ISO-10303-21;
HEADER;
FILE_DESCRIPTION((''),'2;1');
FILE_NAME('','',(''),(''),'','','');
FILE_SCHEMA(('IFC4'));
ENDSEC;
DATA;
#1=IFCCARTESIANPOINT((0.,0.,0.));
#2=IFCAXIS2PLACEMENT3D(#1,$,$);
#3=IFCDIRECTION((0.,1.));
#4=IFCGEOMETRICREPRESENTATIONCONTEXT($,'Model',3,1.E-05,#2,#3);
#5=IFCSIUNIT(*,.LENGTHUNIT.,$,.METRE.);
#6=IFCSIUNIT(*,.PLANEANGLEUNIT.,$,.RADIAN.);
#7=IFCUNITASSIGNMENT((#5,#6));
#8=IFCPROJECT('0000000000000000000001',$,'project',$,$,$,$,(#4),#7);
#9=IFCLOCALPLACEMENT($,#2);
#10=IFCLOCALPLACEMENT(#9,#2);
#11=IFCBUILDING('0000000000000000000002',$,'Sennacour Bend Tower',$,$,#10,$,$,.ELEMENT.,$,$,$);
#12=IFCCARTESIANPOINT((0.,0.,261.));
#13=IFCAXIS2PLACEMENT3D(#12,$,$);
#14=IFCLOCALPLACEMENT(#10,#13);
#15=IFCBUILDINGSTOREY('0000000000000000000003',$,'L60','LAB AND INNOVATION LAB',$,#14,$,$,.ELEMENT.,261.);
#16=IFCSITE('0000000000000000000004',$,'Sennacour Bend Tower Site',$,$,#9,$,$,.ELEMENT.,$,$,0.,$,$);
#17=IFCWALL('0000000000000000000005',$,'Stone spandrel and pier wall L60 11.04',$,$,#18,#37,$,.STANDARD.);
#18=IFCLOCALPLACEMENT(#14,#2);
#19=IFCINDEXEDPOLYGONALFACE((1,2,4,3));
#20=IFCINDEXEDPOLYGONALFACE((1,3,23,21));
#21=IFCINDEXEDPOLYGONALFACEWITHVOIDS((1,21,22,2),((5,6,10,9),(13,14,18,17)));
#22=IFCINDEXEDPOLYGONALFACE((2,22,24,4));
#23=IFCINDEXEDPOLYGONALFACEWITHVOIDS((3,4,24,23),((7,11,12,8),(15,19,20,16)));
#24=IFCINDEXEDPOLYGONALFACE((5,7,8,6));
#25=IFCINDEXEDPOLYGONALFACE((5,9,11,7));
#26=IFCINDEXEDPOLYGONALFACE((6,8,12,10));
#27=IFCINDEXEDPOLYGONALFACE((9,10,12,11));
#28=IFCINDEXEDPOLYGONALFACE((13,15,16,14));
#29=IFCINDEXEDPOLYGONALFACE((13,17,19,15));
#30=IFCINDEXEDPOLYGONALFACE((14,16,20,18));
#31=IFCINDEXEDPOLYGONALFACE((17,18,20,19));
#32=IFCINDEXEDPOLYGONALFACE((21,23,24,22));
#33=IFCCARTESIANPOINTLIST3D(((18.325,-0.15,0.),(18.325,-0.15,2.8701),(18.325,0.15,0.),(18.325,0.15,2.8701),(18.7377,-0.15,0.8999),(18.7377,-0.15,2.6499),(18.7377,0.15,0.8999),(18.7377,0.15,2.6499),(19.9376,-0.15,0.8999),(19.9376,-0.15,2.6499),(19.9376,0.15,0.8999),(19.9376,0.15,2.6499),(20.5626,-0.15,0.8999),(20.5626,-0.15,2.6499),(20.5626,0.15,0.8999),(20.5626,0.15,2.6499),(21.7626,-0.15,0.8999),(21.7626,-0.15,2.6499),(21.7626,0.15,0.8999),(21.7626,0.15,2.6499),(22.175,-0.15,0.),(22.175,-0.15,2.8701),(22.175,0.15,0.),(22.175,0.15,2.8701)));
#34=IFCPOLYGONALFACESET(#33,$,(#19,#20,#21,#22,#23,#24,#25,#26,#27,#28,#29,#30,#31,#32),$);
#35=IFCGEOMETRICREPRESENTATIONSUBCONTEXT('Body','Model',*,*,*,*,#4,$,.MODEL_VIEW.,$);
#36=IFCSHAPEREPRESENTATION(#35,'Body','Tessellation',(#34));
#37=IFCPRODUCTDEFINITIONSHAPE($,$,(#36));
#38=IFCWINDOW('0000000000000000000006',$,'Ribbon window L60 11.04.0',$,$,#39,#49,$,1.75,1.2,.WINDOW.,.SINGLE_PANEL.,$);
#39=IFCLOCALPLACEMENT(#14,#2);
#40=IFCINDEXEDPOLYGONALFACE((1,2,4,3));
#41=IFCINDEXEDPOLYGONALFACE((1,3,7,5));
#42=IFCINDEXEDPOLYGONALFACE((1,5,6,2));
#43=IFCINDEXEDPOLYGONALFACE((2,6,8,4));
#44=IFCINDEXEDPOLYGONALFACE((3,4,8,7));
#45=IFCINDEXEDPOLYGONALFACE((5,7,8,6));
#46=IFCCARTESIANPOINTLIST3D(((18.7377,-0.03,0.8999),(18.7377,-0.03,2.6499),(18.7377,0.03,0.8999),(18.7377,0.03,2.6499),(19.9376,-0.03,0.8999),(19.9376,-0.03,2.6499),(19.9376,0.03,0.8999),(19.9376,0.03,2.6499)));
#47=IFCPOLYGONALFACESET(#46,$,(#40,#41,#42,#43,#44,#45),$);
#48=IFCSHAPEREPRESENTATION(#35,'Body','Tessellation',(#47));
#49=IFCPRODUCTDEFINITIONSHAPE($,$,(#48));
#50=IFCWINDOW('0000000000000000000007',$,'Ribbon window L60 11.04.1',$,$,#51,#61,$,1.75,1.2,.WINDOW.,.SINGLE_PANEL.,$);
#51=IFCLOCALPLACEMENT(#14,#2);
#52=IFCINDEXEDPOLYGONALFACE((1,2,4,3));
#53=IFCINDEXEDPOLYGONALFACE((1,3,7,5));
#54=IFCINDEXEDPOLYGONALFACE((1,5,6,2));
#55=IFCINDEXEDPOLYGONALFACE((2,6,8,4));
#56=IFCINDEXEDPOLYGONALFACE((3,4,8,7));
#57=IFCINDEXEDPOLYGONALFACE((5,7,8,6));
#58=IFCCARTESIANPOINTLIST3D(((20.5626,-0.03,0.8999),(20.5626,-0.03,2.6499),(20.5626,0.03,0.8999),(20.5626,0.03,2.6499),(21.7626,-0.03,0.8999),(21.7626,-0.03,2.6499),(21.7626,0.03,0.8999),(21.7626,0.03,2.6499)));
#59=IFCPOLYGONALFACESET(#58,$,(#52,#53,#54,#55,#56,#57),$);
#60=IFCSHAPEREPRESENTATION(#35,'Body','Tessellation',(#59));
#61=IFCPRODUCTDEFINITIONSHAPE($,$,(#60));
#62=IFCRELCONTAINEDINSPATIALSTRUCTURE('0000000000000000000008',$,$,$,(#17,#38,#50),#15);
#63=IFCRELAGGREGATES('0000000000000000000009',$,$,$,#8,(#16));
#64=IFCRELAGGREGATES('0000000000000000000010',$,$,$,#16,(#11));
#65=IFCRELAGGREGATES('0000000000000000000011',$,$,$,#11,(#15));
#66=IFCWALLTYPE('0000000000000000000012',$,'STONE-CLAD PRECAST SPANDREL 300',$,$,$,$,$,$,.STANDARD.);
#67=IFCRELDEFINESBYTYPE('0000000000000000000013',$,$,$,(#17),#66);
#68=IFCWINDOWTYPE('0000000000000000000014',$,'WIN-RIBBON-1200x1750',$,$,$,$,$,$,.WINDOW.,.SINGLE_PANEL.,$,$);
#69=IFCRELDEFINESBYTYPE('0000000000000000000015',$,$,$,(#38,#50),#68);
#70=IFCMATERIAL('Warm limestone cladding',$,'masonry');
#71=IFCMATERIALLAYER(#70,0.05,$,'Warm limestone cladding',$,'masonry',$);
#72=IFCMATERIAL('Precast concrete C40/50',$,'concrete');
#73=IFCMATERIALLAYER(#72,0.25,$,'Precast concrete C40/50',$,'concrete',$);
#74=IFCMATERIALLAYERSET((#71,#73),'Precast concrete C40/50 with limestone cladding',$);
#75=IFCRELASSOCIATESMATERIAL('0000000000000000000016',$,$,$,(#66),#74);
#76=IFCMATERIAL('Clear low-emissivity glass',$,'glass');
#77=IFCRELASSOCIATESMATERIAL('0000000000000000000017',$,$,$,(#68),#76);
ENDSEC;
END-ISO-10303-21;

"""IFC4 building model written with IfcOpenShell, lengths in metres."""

from ifc_helpers import new_model, si_unit, direction, frame, frame_2d, origin, place, context, subcontext, project, spatial, rectangle, extrude, material, layer, layer_set, type_object, element, fill, save


model = new_model("IFC4")

# Units and contexts
model_context = context("Model", 3, precision=1e-05, world=origin(), true_north=direction((0.0, 1.0)))
body_context = subcontext(model_context, "Body", "Model", "MODEL_VIEW")
ifc_project = project(units=[si_unit("LENGTHUNIT", "METRE"), si_unit("PLANEANGLEUNIT", "RADIAN")], contexts=[model_context])

# Site, building, storey
site_placement = place(None, origin())
site = spatial("IfcSite", under=ifc_project, at=site_placement, Name="Sennacour Bend Tower Site", CompositionType="ELEMENT", RefElevation=0.0)
building_placement = place(site_placement, origin())
building = spatial("IfcBuilding", under=site, at=building_placement, Name="Sennacour Bend Tower", CompositionType="ELEMENT")
storey_placement = place(building_placement, frame((0.0, 0.0, 261.0)))
storey = spatial("IfcBuildingStorey", under=building, at=storey_placement, Name="L60", Description="LAB AND INNOVATION LAB", CompositionType="ELEMENT", Elevation=261.0)

# Wall, openings, windows
ifc_material_1 = material(Name="Warm limestone cladding", Category="masonry")
ifc_layer_1 = layer(ifc_material_1, 0.05, Name="Warm limestone cladding", Category="masonry")
ifc_material_2 = material(Name="Precast concrete C40/50", Category="concrete")
ifc_layer_2 = layer(ifc_material_2, 0.25, Name="Precast concrete C40/50", Category="concrete")
ifc_layer_set_1 = layer_set([ifc_layer_1, ifc_layer_2], Name="Precast concrete C40/50 with limestone cladding")
wall_type_1 = type_object("IfcWallType", Name="STONE-CLAD PRECAST SPANDREL 300", PredefinedType="STANDARD", material=ifc_layer_set_1)
ifc_material_3 = material(Name="Clear low-emissivity glass", Category="glass")
window_type = type_object("IfcWindowType", Name="WIN-RIBBON-1200x1750", PartitioningType="SINGLE_PANEL", PredefinedType="WINDOW", material=ifc_material_3)
wall_1_placement = place(storey_placement, frame((18.325, 0.0, 0.0), z_axis=(0.0, 0.0, 1.0), x_axis=(1.0, 0.0, 0.0)))
wall_1 = element("IfcWall", 1, at=wall_1_placement, inside=storey, type_object=wall_type_1, Name="Stone spandrel and pier wall L60 11.04", PredefinedType="STANDARD", context=body_context, shape_type="SweptSolid", body=[
    extrude(rectangle(XDim=3.8501, YDim=0.3, at=frame_2d((1.925, 0.0))), origin(), (0.0, 0.0, 1.0), 2.8701),
])
opening_1_placement = place(wall_1_placement, frame((0.4126, 0.0, 0.8999)))
opening_1 = element("IfcOpeningElement", 2, at=opening_1_placement, cuts=wall_1, PredefinedType="OPENING", context=body_context, shape_type="SweptSolid", body=[
    extrude(rectangle(XDim=1.2, YDim=1.75, at=frame_2d((0.6001, 0.875))), frame((0.0, 0.1602, 0.0), z_axis=(0.0, -1.0, 0.0), x_axis=(1.0, 0.0, 0.0)), (0.0, 0.0, 1.0), 0.3201),
])
opening_2_placement = place(wall_1_placement, frame((2.2375, 0.0, 0.8999)))
opening_2 = element("IfcOpeningElement", 3, at=opening_2_placement, cuts=wall_1, PredefinedType="OPENING", context=body_context, shape_type="SweptSolid", body=[
    extrude(rectangle(XDim=1.2, YDim=1.75, at=frame_2d((0.6001, 0.875))), frame((0.0, 0.1602, 0.0), z_axis=(0.0, -1.0, 0.0), x_axis=(1.0, 0.0, 0.0)), (0.0, 0.0, 1.0), 0.3201),
])
window_1_placement = place(opening_1_placement, origin())
window_1 = element("IfcWindow", 4, at=window_1_placement, inside=storey, type_object=window_type, Name="Ribbon window L60 11.04.0", OverallHeight=1.75, OverallWidth=1.2, PartitioningType="SINGLE_PANEL", PredefinedType="WINDOW", context=body_context, shape_type="SweptSolid", body=[
    extrude(rectangle(XDim=1.2, YDim=1.75, at=frame_2d((0.6001, 0.875))), frame((0.0, 0.03, 0.0), z_axis=(0.0, -1.0, 0.0), x_axis=(1.0, 0.0, 0.0)), (0.0, 0.0, 1.0), 0.0601),
])
fill(opening_1, window_1)
window_2_placement = place(opening_2_placement, origin())
window_2 = element("IfcWindow", 5, at=window_2_placement, inside=storey, type_object=window_type, Name="Ribbon window L60 11.04.1", OverallHeight=1.75, OverallWidth=1.2, PartitioningType="SINGLE_PANEL", PredefinedType="WINDOW", context=body_context, shape_type="SweptSolid", body=[
    extrude(rectangle(XDim=1.2, YDim=1.75, at=frame_2d((0.6001, 0.875))), frame((0.0, 0.03, 0.0), z_axis=(0.0, -1.0, 0.0), x_axis=(1.0, 0.0, 0.0)), (0.0, 0.0, 1.0), 0.0601),
])
fill(opening_2, window_2)

save(model, "model.ifc")
